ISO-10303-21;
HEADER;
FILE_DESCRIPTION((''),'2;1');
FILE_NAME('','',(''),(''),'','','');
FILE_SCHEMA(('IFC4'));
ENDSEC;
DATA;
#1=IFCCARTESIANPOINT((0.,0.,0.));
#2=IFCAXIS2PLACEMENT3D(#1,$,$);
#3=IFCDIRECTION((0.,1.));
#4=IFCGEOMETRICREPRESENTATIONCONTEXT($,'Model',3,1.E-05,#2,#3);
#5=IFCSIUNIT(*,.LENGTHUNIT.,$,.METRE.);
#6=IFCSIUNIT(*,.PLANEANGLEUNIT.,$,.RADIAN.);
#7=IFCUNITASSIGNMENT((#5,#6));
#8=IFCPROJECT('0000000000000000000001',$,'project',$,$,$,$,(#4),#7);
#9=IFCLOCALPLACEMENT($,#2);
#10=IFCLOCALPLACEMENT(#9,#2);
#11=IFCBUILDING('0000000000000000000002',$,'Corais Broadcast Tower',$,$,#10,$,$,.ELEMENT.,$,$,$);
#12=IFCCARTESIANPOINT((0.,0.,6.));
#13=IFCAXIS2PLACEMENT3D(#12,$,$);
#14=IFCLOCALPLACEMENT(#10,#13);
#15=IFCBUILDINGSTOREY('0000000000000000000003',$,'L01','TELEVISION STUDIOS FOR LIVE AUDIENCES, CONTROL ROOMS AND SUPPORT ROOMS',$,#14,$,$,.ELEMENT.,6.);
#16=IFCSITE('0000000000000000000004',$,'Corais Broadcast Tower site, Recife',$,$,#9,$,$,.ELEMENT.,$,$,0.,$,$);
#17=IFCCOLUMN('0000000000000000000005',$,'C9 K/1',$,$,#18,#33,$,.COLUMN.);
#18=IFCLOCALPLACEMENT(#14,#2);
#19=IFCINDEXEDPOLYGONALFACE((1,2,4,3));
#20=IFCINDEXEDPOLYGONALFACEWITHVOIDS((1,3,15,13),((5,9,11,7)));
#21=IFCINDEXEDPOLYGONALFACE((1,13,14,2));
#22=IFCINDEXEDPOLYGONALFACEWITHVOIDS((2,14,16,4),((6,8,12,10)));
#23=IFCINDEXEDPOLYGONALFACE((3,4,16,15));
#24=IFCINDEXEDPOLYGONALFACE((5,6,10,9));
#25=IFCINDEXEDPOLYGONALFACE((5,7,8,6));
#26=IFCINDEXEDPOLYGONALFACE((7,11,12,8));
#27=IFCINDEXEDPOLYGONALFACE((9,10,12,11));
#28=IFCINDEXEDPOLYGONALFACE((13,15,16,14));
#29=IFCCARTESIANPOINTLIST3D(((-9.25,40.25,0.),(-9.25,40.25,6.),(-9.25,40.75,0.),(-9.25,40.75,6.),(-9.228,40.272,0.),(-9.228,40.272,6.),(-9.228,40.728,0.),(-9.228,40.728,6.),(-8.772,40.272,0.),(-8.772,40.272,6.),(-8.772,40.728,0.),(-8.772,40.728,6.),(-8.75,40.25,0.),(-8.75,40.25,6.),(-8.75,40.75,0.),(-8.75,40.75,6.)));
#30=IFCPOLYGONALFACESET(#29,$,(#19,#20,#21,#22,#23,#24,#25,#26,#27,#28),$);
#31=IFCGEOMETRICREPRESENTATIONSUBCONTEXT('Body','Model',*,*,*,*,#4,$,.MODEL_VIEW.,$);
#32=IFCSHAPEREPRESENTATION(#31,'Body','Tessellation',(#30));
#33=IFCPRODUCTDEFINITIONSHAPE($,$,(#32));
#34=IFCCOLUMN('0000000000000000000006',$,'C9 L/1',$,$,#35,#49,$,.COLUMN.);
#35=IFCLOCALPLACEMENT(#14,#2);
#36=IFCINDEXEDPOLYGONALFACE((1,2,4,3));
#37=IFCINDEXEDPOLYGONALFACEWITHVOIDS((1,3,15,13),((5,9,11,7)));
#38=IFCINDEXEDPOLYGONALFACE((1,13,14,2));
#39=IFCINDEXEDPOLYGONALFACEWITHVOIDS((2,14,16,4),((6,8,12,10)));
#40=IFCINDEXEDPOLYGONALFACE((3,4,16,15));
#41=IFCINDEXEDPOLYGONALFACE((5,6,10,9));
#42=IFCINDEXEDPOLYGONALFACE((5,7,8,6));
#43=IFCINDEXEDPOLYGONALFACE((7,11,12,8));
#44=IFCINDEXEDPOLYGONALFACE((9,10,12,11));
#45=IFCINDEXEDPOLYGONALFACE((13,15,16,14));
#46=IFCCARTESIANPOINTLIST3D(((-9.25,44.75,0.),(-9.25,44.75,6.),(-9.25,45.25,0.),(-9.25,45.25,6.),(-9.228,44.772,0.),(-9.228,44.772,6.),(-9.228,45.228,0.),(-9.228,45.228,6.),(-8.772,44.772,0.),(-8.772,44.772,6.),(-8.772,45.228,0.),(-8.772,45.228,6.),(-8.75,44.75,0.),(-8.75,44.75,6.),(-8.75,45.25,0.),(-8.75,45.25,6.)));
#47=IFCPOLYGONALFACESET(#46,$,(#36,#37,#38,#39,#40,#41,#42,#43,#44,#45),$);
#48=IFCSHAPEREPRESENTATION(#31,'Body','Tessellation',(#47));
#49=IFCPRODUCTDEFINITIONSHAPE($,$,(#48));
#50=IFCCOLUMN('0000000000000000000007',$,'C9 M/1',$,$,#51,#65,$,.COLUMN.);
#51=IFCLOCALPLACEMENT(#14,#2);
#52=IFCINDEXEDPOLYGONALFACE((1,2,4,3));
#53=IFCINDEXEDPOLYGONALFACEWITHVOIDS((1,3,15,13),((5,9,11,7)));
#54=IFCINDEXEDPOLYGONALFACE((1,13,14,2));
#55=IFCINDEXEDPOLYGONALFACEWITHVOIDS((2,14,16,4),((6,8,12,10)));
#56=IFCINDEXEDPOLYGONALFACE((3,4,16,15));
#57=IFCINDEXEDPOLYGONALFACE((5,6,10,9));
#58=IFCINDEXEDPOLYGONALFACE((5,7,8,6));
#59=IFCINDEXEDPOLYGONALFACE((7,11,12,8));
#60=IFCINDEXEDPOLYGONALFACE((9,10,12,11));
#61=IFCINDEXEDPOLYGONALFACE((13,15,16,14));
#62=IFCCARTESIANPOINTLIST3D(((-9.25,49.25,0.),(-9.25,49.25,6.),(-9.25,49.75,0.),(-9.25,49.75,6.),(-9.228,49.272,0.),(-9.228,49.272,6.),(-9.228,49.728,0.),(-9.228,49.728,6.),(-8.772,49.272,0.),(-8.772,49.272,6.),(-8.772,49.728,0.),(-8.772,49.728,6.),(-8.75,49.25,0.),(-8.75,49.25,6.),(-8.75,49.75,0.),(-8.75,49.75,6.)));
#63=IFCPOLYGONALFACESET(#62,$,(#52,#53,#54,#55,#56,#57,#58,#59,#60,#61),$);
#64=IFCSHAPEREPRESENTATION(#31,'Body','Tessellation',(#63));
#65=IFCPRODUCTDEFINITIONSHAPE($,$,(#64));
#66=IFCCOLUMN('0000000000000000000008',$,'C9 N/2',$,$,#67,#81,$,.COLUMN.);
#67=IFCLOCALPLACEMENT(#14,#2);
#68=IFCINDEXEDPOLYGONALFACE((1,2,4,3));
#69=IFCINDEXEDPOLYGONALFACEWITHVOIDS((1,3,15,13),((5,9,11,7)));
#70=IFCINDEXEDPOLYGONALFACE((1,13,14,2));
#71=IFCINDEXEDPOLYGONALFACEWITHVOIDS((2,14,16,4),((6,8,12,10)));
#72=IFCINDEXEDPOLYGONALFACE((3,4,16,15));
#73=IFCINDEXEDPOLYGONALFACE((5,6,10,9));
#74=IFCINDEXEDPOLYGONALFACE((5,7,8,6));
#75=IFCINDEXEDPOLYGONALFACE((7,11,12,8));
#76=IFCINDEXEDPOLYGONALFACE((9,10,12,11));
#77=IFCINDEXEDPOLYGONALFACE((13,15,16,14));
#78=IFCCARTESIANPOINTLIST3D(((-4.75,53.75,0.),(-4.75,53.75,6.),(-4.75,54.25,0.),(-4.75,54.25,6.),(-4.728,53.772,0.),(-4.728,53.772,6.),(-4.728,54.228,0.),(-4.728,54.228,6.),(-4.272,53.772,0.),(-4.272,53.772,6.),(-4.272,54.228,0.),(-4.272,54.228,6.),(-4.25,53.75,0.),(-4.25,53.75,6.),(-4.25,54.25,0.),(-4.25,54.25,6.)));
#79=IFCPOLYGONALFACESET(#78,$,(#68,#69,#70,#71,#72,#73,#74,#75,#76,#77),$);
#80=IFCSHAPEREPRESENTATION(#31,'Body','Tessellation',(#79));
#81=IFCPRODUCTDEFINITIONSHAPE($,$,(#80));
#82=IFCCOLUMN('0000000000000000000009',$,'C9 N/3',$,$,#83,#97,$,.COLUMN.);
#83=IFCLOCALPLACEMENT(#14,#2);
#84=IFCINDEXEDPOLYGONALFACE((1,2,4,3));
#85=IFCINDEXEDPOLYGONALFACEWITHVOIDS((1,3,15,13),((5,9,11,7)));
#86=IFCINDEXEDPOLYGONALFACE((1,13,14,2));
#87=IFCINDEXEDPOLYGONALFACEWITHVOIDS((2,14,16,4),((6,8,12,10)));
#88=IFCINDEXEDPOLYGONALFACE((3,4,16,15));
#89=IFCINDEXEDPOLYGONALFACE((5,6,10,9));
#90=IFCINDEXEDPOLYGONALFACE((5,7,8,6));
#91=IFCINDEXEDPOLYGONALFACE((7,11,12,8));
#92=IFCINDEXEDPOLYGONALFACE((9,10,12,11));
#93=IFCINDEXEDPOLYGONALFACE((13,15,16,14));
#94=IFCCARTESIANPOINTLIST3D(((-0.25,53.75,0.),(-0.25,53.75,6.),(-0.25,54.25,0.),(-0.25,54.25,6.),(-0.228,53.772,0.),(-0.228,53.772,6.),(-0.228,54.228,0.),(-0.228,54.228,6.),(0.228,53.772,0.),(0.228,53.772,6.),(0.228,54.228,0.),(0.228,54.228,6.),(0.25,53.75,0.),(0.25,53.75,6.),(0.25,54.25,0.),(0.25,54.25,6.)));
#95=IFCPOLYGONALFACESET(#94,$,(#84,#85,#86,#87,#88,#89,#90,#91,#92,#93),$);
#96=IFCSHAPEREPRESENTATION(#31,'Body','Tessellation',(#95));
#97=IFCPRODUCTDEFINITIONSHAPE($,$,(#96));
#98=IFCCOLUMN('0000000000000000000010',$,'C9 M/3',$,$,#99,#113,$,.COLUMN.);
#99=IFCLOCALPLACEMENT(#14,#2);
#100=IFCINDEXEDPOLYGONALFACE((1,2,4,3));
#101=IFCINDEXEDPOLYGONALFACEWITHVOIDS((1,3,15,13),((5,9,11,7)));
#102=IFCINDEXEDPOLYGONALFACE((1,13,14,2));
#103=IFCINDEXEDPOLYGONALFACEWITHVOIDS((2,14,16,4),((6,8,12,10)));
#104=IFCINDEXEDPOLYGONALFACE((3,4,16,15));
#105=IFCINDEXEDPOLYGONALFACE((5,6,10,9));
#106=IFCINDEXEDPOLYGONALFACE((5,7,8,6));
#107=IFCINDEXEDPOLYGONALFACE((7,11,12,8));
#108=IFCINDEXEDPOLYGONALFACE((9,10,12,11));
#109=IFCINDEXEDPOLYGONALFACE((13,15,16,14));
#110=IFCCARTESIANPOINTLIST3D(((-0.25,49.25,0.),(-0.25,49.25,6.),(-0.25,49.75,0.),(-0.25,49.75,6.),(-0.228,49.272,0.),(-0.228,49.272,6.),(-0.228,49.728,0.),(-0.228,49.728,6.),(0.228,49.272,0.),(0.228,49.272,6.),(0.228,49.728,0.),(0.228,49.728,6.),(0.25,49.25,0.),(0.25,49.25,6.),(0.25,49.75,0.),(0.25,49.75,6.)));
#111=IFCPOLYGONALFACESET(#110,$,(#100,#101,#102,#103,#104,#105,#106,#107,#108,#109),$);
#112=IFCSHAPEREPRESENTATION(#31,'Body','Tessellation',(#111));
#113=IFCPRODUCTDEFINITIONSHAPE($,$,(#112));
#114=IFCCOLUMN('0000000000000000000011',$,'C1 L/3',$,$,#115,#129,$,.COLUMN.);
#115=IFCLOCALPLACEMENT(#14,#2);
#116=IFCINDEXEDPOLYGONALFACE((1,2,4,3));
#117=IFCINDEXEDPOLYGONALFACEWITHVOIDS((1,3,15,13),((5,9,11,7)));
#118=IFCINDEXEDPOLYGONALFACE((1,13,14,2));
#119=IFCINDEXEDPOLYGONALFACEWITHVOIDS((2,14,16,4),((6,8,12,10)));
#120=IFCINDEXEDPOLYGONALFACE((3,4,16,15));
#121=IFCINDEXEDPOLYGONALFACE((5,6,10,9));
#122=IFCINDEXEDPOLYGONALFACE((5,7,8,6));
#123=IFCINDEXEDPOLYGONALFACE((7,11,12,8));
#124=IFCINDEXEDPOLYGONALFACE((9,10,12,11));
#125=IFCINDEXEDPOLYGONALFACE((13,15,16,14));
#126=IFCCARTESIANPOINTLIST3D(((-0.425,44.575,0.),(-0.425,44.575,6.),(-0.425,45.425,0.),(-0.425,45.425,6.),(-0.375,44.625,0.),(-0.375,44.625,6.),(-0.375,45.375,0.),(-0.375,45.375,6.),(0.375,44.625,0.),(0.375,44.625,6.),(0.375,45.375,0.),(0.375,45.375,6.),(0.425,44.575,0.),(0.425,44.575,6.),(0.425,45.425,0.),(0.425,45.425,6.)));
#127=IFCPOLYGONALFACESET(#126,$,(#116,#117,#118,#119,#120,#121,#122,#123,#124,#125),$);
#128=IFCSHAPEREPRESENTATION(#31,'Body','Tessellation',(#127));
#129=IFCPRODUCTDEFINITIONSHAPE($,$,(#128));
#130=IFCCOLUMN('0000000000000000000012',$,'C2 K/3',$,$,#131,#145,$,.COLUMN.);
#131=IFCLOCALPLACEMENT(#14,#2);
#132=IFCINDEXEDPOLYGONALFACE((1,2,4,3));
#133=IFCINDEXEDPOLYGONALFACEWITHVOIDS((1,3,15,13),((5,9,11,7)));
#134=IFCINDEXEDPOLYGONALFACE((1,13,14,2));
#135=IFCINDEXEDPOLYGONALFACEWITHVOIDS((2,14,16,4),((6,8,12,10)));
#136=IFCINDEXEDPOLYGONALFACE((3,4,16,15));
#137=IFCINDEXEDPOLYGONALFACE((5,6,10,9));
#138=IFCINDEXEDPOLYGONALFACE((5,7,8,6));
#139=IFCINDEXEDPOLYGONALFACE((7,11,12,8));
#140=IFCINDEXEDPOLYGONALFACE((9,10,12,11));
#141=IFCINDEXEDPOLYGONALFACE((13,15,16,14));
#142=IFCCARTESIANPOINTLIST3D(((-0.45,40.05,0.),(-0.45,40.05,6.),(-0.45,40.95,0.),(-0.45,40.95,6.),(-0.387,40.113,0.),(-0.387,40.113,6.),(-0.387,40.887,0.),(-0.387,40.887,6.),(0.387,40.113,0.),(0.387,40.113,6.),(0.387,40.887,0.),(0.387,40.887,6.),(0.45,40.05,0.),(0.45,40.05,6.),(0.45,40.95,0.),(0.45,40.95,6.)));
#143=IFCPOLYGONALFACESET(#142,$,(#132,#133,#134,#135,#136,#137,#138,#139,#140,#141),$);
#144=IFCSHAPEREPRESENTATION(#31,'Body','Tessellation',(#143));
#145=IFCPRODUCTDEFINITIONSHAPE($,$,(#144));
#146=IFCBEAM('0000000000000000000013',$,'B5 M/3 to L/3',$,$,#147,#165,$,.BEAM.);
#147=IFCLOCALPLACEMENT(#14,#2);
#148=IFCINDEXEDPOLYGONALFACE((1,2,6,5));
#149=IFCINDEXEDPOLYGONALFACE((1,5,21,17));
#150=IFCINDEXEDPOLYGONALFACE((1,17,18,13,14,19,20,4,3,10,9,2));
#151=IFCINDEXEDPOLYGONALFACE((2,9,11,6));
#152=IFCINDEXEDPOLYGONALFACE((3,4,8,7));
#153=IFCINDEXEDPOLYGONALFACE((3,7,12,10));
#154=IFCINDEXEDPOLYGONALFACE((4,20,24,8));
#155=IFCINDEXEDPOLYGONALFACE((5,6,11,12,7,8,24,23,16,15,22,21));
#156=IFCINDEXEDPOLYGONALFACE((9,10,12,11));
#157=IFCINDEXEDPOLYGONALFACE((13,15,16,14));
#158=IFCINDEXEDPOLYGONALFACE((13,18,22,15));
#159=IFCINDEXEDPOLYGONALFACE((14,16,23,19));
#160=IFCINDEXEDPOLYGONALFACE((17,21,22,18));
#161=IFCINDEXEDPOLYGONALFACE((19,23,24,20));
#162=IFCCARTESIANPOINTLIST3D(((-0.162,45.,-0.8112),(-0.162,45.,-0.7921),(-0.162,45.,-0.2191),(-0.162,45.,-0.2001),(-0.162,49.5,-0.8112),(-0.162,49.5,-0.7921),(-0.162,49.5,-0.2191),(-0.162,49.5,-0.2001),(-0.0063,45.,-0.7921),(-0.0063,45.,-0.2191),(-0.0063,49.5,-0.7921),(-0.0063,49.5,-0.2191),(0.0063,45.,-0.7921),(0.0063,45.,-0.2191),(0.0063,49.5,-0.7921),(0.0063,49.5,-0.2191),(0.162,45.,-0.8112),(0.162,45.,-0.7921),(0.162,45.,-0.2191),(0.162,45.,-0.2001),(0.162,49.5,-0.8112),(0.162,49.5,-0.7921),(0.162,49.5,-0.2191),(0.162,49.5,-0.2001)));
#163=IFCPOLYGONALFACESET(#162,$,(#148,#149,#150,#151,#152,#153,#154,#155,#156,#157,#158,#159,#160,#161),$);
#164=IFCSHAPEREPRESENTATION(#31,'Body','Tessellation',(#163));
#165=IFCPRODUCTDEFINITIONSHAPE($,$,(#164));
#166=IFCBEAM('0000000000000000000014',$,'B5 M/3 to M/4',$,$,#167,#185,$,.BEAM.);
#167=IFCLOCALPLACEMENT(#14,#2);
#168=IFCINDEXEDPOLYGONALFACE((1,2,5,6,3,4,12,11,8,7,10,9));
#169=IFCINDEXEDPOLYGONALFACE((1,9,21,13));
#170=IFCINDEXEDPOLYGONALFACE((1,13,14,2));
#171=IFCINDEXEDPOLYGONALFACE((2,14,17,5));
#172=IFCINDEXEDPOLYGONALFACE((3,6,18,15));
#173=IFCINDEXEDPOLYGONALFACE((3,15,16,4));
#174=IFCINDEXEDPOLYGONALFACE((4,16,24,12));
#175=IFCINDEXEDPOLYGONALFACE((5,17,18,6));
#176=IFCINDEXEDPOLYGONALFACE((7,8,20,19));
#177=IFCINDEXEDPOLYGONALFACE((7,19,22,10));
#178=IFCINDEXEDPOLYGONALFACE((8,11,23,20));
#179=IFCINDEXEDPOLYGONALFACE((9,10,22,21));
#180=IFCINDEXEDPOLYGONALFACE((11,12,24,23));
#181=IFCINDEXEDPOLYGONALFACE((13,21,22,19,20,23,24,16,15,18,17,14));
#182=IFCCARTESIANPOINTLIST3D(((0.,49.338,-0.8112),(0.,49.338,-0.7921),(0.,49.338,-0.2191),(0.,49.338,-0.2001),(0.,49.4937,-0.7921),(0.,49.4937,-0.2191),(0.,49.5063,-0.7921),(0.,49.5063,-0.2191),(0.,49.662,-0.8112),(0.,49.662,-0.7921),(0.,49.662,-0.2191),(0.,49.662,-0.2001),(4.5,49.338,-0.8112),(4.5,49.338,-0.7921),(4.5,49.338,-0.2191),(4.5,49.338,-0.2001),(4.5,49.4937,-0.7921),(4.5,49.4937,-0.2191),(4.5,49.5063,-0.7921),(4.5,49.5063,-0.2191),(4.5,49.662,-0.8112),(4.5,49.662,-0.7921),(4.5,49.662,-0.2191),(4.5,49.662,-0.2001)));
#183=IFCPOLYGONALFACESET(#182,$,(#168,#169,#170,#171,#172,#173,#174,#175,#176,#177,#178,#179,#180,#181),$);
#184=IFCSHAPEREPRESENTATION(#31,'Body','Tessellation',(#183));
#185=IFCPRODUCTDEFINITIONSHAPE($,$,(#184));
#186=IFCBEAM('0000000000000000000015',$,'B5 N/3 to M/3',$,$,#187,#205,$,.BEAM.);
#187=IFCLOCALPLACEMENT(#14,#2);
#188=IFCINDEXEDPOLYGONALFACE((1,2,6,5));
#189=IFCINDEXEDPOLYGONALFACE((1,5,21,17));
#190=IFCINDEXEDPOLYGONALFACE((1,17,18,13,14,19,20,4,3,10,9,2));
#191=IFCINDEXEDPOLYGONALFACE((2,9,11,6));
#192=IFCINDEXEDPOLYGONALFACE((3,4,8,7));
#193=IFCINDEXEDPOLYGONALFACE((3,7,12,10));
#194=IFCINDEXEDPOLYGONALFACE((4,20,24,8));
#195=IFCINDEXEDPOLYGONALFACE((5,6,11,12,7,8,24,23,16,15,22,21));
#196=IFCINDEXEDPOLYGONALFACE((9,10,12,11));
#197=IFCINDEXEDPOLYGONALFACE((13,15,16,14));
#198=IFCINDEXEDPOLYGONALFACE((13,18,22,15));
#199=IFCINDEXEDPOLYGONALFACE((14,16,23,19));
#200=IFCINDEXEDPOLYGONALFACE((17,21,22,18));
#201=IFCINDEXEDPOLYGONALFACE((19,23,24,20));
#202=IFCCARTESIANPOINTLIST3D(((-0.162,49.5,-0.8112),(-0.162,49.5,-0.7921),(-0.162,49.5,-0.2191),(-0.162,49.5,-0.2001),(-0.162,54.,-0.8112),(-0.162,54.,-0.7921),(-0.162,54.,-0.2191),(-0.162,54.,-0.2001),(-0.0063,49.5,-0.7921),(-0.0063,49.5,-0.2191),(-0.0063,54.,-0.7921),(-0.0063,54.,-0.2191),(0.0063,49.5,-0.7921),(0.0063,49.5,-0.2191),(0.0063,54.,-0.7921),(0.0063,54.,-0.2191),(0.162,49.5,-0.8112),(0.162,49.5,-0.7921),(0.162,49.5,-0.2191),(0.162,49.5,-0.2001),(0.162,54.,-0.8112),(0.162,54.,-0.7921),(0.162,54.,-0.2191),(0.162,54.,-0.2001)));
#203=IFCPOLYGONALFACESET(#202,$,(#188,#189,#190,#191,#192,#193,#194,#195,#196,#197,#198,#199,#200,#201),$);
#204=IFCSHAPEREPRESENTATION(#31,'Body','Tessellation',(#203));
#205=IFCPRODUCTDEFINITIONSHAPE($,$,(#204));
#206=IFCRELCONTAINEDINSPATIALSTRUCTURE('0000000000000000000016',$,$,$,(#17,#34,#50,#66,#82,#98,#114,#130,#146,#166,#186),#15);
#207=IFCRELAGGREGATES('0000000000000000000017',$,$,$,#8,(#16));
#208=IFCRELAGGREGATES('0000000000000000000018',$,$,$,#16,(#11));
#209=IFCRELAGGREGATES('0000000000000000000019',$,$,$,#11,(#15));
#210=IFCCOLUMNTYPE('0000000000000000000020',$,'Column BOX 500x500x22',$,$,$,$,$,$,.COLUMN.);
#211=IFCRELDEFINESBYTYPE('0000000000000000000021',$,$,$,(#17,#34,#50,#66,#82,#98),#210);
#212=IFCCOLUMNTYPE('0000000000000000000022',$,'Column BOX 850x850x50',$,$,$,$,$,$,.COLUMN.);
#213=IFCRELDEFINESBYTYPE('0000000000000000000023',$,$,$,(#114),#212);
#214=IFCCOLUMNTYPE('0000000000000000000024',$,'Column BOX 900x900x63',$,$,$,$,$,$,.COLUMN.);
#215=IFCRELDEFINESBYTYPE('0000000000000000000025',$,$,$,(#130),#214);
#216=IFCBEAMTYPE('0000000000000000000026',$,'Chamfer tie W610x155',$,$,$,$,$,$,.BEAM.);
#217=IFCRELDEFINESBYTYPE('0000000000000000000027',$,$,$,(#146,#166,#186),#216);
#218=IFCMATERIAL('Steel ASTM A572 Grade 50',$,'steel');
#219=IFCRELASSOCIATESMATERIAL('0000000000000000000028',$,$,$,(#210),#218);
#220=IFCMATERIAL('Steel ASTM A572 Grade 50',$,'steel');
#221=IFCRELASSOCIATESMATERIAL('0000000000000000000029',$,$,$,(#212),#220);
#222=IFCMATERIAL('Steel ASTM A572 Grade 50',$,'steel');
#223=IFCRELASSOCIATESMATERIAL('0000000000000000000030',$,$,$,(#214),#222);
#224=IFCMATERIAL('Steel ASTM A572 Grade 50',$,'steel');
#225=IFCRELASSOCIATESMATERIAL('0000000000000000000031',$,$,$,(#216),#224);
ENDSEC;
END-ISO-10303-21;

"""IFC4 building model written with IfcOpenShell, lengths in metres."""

from ifc_helpers import new_model, si_unit, direction, frame, origin, origin_2d, place, context, subcontext, project, spatial, hollow_rectangle, i_section, extrude, material, material_profile, profile_set, type_object, element, save


model = new_model("IFC4")

# Units and contexts
model_context = context("Model", 3, precision=1e-05, world=origin(), true_north=direction((0.0, 1.0)))
body_context = subcontext(model_context, "Body", "Model", "MODEL_VIEW")
ifc_project = project(units=[si_unit("LENGTHUNIT", "METRE"), si_unit("PLANEANGLEUNIT", "RADIAN")], contexts=[model_context])

# Site, building, storey
site_placement = place(None, origin())
site = spatial("IfcSite", under=ifc_project, at=site_placement, Name="Corais Broadcast Tower site, Recife", CompositionType="ELEMENT", RefElevation=0.0)
building_placement = place(site_placement, origin())
building = spatial("IfcBuilding", under=site, at=building_placement, Name="Corais Broadcast Tower", CompositionType="ELEMENT")
storey_placement = place(building_placement, frame((0.0, 0.0, 6.0)))
storey = spatial("IfcBuildingStorey", under=building, at=storey_placement, Name="L01", Description="TELEVISION STUDIOS FOR LIVE AUDIENCES, CONTROL ROOMS AND SUPPORT ROOMS", CompositionType="ELEMENT", Elevation=6.0)

# Columns
ifc_material_1 = material(Name="Steel ASTM A572 Grade 50", Category="steel")
ifc_material_profile_1 = material_profile(ifc_material_1, hollow_rectangle(XDim=0.5, YDim=0.5, WallThickness=0.022, at=origin_2d()), Name="BOX 500x500x22")
ifc_profile_set_1 = profile_set([ifc_material_profile_1], Name="Steel ASTM A572 Grade 50")
column_type_1 = type_object("IfcColumnType", Name="Column BOX 500x500x22", PredefinedType="COLUMN", material=ifc_profile_set_1)
for number, where, z_axis, x_axis, name in (
    (1, (-9.0, 40.5, 0.0), (0.0, 0.0, 1.0), (1.0, 0.0, 0.0), "C9 K/1"),
    (2, (-9.0, 45.0, 0.0), (0.0, 0.0, 1.0), (1.0, 0.0, 0.0), "C9 L/1"),
    (3, (-9.0, 49.5, 0.0), (0.0, 0.0, 1.0), (1.0, 0.0, 0.0), "C9 M/1"),
    (4, (-4.5, 54.0, 0.0), (0.0, 0.0, 1.0), (1.0, 0.0, 0.0), "C9 N/2"),
    (5, (0.0, 54.0, 0.0), (0.0, 0.0, 1.0), (1.0, 0.0, 0.0), "C9 N/3"),
    (6, (0.0, 49.5, 0.0), (0.0, 0.0, 1.0), (1.0, 0.0, 0.0), "C9 M/3"),
):
    element("IfcColumn", number, at=place(storey_placement, frame(where, z_axis=z_axis, x_axis=x_axis)), inside=storey, type_object=column_type_1, Name=name, PredefinedType="COLUMN", context=body_context, shape_type="SweptSolid", body=[
        extrude(hollow_rectangle(XDim=0.5, YDim=0.5, WallThickness=0.022, at=origin_2d()), origin(), (0.0, 0.0, 1.0), 6.0),
    ])
ifc_material_2 = material(Name="Steel ASTM A572 Grade 50", Category="steel")
ifc_material_profile_2 = material_profile(ifc_material_2, hollow_rectangle(XDim=0.8501, YDim=0.8501, WallThickness=0.05, at=origin_2d()), Name="BOX 850x850x50")
ifc_profile_set_2 = profile_set([ifc_material_profile_2], Name="Steel ASTM A572 Grade 50")
column_type_2 = type_object("IfcColumnType", Name="Column BOX 850x850x50", PredefinedType="COLUMN", material=ifc_profile_set_2)
column_1_placement = place(storey_placement, frame((0.0, 45.0, 0.0), z_axis=(0.0, 0.0, 1.0), x_axis=(1.0, 0.0, 0.0)))
element("IfcColumn", 7, at=column_1_placement, inside=storey, type_object=column_type_2, Name="C1 L/3", PredefinedType="COLUMN", context=body_context, shape_type="SweptSolid", body=[
    extrude(hollow_rectangle(XDim=0.8501, YDim=0.8501, WallThickness=0.05, at=origin_2d()), origin(), (0.0, 0.0, 1.0), 6.0),
])
ifc_material_3 = material(Name="Steel ASTM A572 Grade 50", Category="steel")
ifc_material_profile_3 = material_profile(ifc_material_3, hollow_rectangle(XDim=0.8999, YDim=0.8999, WallThickness=0.063, at=origin_2d()), Name="BOX 900x900x63")
ifc_profile_set_3 = profile_set([ifc_material_profile_3], Name="Steel ASTM A572 Grade 50")
column_type_3 = type_object("IfcColumnType", Name="Column BOX 900x900x63", PredefinedType="COLUMN", material=ifc_profile_set_3)
column_2_placement = place(storey_placement, frame((0.0, 40.5, 0.0), z_axis=(0.0, 0.0, 1.0), x_axis=(1.0, 0.0, 0.0)))
element("IfcColumn", 8, at=column_2_placement, inside=storey, type_object=column_type_3, Name="C2 K/3", PredefinedType="COLUMN", context=body_context, shape_type="SweptSolid", body=[
    extrude(hollow_rectangle(XDim=0.8999, YDim=0.8999, WallThickness=0.063, at=origin_2d()), origin(), (0.0, 0.0, 1.0), 6.0),
])

# Beams
ifc_material_4 = material(Name="Steel ASTM A572 Grade 50", Category="steel")
ifc_material_profile_4 = material_profile(ifc_material_4, i_section(OverallWidth=0.324, OverallDepth=0.6111, WebThickness=0.0127, FlangeThickness=0.019, at=origin_2d()), Name="W610x155")
ifc_profile_set_4 = profile_set([ifc_material_profile_4], Name="Steel ASTM A572 Grade 50")
beam_type_1 = type_object("IfcBeamType", Name="Chamfer tie W610x155", PredefinedType="BEAM", material=ifc_profile_set_4)
for number, where, z_axis, x_axis, name in (
    (9, (0.0, 49.5, -0.5056), (0.0, -1.0, 0.0), (1.0, 0.0, 0.0), "B5 M/3 to L/3"),
    (10, (0.0, 49.5, -0.5056), (1.0, 0.0, 0.0), (0.0, 1.0, 0.0), "B5 M/3 to M/4"),
    (11, (0.0, 54.0, -0.5056), (0.0, -1.0, 0.0), (1.0, 0.0, 0.0), "B5 N/3 to M/3"),
):
    element("IfcBeam", number, at=place(storey_placement, frame(where, z_axis=z_axis, x_axis=x_axis)), inside=storey, type_object=beam_type_1, Name=name, PredefinedType="BEAM", context=body_context, shape_type="SweptSolid", body=[
        extrude(i_section(OverallWidth=0.324, OverallDepth=0.6111, WebThickness=0.0127, FlangeThickness=0.019, at=origin_2d()), origin(), (0.0, 0.0, 1.0), 4.5),
    ])

save(model, "model.ifc")
